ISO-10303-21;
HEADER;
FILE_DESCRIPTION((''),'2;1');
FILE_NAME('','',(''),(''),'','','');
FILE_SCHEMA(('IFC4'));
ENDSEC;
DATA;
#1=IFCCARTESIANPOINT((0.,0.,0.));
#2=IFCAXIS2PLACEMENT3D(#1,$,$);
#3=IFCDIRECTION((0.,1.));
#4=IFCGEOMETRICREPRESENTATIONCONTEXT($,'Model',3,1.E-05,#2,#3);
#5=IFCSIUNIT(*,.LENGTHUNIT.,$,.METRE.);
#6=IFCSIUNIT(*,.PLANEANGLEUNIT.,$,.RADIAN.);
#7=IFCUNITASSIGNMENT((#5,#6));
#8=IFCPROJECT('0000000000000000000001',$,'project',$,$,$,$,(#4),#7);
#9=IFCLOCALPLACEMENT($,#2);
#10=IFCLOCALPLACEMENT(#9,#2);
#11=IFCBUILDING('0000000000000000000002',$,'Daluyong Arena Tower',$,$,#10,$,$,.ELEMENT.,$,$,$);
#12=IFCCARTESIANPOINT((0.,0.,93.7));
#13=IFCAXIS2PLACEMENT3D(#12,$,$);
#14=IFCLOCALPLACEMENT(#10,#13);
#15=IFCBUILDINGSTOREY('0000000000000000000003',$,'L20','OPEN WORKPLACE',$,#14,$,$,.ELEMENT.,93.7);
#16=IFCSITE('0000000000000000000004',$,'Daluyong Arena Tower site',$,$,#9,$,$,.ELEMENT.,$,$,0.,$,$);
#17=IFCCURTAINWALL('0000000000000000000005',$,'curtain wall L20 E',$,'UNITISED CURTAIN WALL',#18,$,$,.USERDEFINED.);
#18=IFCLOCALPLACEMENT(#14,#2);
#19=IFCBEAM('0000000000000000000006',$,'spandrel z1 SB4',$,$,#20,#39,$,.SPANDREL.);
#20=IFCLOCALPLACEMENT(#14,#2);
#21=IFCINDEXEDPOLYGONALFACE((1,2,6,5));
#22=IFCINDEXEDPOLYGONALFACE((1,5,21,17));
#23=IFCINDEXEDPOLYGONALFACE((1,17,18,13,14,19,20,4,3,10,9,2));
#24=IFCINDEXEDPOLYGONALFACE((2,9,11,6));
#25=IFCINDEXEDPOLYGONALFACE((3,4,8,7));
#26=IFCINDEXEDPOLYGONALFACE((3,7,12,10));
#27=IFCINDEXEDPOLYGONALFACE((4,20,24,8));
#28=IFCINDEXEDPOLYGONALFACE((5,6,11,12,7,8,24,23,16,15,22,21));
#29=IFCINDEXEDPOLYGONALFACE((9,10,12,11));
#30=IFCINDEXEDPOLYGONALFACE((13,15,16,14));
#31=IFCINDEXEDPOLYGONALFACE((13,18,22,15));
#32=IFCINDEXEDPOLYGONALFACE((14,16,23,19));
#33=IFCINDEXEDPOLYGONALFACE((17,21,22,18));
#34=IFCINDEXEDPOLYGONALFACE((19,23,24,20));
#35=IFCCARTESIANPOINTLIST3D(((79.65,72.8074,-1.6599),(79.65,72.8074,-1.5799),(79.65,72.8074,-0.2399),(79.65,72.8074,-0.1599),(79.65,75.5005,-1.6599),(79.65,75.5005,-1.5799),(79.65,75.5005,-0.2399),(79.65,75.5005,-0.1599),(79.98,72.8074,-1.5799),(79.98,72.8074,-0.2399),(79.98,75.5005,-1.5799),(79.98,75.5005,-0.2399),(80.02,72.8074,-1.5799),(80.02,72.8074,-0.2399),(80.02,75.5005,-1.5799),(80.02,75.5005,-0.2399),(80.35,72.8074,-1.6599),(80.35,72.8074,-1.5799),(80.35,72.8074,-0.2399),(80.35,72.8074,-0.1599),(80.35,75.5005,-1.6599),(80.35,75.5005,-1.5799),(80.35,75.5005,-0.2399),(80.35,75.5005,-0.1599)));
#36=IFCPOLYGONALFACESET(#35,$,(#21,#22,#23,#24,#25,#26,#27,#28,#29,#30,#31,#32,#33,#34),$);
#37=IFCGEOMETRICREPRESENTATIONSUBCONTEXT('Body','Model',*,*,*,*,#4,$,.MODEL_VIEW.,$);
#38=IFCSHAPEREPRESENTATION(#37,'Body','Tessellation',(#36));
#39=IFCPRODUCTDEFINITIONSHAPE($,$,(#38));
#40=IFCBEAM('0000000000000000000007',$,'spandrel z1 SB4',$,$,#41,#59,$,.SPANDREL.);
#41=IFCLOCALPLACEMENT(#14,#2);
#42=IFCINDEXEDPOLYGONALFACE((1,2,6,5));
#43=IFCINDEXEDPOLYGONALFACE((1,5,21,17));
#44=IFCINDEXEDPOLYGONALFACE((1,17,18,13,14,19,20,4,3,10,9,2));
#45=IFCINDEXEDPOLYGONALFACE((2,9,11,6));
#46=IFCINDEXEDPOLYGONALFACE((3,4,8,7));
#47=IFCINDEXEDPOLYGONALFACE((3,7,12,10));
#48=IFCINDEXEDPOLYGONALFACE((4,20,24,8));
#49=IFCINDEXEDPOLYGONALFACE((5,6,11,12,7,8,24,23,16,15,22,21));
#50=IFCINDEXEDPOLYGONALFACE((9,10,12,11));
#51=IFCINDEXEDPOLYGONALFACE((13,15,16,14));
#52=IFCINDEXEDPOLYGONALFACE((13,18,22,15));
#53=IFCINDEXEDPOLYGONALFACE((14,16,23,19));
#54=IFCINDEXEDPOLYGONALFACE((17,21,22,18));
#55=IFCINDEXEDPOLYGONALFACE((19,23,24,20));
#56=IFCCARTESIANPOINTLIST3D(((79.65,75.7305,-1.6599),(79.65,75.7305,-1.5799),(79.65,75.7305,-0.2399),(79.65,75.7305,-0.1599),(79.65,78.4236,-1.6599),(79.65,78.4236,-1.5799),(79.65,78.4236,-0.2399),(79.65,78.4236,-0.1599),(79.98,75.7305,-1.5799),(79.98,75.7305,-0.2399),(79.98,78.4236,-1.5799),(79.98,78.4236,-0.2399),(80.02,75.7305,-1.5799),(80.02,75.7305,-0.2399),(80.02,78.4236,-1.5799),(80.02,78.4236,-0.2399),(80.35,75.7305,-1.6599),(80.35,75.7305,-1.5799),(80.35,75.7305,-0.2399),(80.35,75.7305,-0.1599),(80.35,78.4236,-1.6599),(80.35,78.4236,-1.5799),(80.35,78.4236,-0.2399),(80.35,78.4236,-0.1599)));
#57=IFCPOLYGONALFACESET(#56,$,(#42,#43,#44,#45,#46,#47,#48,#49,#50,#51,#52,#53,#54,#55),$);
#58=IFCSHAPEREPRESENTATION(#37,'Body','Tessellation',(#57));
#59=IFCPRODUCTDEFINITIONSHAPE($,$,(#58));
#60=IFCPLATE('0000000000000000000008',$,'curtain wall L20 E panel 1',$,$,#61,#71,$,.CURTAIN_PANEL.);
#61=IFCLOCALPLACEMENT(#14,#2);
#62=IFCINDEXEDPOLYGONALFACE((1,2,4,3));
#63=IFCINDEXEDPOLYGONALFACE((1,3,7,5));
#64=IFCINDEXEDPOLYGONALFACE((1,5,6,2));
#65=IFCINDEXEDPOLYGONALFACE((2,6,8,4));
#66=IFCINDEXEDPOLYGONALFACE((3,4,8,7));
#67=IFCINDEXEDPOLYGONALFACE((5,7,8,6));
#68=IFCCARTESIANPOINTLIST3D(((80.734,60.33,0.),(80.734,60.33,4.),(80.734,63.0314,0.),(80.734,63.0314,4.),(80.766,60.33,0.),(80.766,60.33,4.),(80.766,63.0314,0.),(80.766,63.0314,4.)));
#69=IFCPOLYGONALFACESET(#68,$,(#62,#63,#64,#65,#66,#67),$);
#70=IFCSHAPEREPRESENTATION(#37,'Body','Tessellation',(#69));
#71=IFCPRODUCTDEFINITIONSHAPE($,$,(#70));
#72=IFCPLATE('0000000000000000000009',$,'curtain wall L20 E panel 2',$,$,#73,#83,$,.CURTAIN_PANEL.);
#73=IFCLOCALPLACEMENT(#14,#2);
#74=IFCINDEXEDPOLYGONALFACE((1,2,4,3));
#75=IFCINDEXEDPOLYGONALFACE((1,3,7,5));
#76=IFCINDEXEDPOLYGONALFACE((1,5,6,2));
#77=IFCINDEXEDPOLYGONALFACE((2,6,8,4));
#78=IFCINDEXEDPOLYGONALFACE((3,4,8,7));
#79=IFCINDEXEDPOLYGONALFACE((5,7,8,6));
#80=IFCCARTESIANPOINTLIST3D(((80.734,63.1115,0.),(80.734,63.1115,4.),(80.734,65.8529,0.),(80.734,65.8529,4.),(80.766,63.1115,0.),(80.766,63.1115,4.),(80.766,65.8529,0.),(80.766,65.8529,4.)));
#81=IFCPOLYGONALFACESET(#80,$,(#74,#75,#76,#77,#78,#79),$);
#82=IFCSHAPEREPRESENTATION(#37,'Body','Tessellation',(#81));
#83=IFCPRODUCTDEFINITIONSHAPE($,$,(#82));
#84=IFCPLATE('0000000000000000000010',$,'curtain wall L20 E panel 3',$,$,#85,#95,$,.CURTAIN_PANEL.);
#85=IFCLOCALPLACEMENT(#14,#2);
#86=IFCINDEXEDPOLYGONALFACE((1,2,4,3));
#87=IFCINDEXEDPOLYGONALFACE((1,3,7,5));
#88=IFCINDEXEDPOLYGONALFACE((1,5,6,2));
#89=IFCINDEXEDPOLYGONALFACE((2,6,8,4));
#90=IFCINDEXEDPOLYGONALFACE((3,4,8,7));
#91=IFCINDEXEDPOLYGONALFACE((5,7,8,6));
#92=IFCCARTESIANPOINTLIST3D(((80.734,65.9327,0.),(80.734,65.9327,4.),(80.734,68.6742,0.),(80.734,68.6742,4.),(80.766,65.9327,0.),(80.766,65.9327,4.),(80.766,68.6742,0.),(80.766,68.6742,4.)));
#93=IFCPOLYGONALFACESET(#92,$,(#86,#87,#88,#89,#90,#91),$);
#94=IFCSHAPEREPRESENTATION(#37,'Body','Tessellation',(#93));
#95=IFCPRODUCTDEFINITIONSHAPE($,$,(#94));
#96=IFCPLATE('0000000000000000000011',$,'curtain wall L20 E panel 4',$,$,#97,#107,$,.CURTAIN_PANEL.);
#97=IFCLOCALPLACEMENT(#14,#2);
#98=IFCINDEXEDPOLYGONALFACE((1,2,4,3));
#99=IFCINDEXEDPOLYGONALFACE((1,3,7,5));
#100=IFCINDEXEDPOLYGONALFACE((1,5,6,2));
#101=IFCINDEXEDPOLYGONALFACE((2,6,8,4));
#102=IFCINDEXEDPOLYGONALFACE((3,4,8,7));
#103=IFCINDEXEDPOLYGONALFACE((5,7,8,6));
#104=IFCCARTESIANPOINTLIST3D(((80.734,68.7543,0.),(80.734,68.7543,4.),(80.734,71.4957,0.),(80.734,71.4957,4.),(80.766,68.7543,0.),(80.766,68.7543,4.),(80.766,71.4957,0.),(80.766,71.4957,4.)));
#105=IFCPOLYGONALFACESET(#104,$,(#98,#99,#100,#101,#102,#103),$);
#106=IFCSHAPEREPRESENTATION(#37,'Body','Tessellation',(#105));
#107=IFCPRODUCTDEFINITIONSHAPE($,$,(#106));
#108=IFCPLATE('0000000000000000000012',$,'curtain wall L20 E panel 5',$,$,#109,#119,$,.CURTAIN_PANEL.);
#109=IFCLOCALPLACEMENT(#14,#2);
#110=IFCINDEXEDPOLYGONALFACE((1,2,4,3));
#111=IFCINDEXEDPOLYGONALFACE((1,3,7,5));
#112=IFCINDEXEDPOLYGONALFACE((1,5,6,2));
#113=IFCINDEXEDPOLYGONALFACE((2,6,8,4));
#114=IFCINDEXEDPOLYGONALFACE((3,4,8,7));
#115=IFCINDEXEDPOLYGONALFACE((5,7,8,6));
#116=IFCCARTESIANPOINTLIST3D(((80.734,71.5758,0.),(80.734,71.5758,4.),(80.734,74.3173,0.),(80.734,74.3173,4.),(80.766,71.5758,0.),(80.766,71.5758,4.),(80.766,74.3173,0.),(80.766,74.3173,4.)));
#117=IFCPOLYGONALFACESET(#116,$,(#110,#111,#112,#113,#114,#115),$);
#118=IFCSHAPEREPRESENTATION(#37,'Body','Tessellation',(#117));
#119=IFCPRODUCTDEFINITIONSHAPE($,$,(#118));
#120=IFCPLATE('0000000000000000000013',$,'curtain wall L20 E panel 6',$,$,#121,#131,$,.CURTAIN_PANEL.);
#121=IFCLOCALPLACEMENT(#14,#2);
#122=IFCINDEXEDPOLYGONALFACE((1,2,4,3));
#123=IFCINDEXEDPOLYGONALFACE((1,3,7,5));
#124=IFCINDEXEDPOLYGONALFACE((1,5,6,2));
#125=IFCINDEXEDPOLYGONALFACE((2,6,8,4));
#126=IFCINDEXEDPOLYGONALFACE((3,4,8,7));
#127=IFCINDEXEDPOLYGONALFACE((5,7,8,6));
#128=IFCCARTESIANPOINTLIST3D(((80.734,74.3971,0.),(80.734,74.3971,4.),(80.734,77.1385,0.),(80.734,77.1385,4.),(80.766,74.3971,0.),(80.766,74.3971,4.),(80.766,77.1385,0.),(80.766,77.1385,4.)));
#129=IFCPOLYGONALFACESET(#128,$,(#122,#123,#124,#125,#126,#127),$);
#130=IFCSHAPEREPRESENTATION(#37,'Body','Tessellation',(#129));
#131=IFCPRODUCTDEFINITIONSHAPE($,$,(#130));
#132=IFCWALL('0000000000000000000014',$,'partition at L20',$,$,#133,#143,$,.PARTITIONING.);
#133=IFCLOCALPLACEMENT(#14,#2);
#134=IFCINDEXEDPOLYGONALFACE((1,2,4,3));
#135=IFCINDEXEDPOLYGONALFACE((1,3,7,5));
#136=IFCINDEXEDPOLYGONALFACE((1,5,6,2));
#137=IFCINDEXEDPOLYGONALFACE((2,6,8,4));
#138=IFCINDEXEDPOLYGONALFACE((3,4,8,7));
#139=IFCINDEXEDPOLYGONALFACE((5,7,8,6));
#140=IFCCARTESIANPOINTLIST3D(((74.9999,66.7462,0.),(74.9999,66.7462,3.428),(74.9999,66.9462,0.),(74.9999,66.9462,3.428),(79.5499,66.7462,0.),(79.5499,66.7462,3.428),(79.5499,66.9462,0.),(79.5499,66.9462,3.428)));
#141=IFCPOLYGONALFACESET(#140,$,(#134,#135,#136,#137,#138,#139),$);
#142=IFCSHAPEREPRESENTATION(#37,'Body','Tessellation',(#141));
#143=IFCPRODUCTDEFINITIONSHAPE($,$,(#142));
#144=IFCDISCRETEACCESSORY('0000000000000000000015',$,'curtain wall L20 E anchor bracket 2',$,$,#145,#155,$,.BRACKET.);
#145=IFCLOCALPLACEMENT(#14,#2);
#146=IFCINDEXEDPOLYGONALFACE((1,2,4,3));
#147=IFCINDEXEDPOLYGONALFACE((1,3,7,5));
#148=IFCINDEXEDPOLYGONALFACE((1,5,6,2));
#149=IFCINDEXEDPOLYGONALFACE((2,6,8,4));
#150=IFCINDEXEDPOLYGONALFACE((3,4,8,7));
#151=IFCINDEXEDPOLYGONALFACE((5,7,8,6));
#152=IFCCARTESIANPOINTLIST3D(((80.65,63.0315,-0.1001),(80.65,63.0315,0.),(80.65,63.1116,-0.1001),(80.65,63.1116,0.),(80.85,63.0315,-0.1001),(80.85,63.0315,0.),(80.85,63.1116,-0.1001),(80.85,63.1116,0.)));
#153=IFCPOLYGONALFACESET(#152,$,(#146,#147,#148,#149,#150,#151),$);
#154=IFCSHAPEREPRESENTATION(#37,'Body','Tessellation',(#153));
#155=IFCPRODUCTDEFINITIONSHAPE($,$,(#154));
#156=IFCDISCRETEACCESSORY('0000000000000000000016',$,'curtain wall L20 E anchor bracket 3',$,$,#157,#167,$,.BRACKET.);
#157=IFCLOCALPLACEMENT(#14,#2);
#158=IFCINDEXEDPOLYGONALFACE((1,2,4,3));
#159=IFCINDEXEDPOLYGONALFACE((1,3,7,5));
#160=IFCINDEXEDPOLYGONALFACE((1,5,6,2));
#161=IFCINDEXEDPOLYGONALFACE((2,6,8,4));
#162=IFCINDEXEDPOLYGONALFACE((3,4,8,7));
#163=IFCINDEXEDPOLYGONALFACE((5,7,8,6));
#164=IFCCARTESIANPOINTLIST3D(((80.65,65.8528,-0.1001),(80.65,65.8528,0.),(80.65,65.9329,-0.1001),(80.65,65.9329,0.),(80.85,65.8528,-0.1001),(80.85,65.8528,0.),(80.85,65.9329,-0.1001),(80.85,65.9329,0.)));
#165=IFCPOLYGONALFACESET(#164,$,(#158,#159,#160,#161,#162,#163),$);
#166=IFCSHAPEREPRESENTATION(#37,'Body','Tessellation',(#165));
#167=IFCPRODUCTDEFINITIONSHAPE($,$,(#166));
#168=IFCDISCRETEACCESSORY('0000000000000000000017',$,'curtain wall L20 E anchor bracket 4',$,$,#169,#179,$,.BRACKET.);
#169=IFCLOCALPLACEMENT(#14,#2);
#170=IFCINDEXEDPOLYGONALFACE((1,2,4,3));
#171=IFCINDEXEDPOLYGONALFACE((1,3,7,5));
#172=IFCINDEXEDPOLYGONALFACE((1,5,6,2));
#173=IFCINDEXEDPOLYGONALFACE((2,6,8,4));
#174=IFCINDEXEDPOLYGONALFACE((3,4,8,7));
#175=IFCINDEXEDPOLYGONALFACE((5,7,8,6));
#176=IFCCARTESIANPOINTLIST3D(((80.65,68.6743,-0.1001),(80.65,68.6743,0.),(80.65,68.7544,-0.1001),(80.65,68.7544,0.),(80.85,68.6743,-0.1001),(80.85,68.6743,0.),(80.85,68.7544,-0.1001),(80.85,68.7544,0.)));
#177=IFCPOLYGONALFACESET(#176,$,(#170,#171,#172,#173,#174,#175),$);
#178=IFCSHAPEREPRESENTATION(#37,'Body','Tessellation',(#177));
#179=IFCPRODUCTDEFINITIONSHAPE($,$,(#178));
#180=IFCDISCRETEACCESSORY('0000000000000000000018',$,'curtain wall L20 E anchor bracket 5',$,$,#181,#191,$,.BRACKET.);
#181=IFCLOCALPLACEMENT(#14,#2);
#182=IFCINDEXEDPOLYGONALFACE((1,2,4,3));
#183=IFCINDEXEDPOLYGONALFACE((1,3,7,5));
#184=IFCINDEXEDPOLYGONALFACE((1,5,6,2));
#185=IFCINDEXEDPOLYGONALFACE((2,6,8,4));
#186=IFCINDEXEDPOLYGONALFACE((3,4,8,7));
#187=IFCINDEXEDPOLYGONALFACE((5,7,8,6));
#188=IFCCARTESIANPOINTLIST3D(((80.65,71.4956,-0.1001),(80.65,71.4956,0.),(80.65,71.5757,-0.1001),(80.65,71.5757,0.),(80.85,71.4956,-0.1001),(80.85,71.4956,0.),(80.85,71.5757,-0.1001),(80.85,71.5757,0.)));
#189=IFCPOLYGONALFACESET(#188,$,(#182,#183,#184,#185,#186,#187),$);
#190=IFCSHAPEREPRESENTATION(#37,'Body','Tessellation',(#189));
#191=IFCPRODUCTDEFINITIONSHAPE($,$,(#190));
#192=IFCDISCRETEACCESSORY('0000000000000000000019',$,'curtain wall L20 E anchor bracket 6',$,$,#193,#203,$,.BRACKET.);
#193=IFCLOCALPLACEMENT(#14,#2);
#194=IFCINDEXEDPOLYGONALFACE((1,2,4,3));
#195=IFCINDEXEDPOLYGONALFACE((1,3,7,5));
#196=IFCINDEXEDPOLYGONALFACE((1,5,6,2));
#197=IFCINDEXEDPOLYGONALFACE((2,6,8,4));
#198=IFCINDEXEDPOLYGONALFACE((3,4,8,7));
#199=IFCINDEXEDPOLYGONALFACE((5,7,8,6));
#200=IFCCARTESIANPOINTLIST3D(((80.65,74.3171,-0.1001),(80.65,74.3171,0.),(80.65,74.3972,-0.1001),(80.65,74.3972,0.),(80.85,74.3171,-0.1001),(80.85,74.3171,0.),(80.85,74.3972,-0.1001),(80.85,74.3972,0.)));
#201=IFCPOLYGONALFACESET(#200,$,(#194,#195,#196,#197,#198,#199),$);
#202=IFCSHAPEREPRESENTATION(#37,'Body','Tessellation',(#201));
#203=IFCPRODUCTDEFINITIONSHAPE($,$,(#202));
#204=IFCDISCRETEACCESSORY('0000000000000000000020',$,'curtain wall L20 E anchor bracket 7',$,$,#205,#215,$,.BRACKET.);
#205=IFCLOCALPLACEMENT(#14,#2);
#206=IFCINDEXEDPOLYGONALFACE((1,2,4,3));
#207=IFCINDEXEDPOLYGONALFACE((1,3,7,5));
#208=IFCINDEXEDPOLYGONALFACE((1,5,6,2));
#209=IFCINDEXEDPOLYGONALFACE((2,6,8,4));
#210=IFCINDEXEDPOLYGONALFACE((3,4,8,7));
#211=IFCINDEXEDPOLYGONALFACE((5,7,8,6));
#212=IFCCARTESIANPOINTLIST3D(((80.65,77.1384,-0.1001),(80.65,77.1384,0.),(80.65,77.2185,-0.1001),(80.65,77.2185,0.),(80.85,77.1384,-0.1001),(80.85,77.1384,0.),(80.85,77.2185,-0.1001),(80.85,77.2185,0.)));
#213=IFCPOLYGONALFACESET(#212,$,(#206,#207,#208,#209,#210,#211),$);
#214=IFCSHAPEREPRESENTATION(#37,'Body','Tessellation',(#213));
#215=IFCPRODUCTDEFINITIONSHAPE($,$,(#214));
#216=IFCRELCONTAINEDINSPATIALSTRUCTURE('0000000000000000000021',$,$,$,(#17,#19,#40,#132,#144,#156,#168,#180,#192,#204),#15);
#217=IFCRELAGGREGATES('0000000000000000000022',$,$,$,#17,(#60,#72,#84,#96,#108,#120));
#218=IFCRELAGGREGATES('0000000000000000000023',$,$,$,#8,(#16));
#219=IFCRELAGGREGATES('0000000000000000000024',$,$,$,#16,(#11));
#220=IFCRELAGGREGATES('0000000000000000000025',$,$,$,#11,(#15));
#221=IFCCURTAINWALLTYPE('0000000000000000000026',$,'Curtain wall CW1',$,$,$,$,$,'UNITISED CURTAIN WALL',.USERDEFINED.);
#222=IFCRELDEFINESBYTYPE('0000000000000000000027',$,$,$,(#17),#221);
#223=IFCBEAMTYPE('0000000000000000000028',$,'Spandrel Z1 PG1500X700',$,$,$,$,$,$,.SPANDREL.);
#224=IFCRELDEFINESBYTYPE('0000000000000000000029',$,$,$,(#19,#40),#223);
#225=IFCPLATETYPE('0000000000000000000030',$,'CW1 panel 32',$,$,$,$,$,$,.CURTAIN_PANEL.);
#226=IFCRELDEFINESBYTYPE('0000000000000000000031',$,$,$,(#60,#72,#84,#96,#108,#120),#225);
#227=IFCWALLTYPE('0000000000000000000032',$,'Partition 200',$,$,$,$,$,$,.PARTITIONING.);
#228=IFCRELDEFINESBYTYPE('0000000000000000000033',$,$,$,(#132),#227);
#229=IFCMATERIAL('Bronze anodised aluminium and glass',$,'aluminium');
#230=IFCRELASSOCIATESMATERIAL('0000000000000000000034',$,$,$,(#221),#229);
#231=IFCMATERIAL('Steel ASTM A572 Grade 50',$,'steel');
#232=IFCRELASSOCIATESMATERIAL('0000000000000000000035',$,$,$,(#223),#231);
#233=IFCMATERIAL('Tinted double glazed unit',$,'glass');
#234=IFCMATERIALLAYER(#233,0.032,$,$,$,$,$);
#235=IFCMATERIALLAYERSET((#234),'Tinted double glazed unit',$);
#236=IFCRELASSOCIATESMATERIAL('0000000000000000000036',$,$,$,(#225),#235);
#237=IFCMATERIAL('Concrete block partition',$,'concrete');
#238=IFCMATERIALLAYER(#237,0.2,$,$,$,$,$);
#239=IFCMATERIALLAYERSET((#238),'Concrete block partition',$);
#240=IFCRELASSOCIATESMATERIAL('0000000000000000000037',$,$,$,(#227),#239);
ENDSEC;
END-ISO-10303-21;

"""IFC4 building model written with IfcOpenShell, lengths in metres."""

from ifc_helpers import new_model, si_unit, direction, frame, frame_2d, origin, origin_2d, place, context, subcontext, project, spatial, rectangle, i_section, extrude, material, layer, layer_set, material_profile, profile_set, type_object, element, aggregate, save


model = new_model("IFC4")

# Units and contexts
model_context = context("Model", 3, precision=1e-05, world=origin(), true_north=direction((0.0, 1.0)))
body_context = subcontext(model_context, "Body", "Model", "MODEL_VIEW")
ifc_project = project(units=[si_unit("LENGTHUNIT", "METRE"), si_unit("PLANEANGLEUNIT", "RADIAN")], contexts=[model_context])

# Site, building, storey
site_placement = place(None, origin())
site = spatial("IfcSite", under=ifc_project, at=site_placement, Name="Daluyong Arena Tower site", CompositionType="ELEMENT", RefElevation=0.0)
building_placement = place(site_placement, origin())
building = spatial("IfcBuilding", under=site, at=building_placement, Name="Daluyong Arena Tower", CompositionType="ELEMENT")
storey_placement = place(building_placement, frame((0.0, 0.0, 93.7)))
storey = spatial("IfcBuildingStorey", under=building, at=storey_placement, Name="L20", Description="OPEN WORKPLACE", CompositionType="ELEMENT", Elevation=93.7)

# Curtain wall
ifc_material_1 = material(Name="Bronze anodised aluminium and glass", Category="aluminium")
curtain_wall_type = type_object("IfcCurtainWallType", Name="Curtain wall CW1", ElementType="UNITISED CURTAIN WALL", PredefinedType="USERDEFINED", material=ifc_material_1)
curtain_wall_placement = place(storey_placement, origin())
curtain_wall = element("IfcCurtainWall", 1, at=curtain_wall_placement, inside=storey, type_object=curtain_wall_type, Name="curtain wall L20 E", ObjectType="UNITISED CURTAIN WALL", PredefinedType="USERDEFINED")

# Beams
ifc_material_2 = material(Name="Steel ASTM A572 Grade 50", Category="steel")
ifc_material_profile_1 = material_profile(ifc_material_2, i_section(OverallWidth=0.7, OverallDepth=1.5, WebThickness=0.04, FlangeThickness=0.08, at=origin_2d()))
ifc_profile_set_1 = profile_set([ifc_material_profile_1], Name="Steel ASTM A572 Grade 50")
beam_type_1 = type_object("IfcBeamType", Name="Spandrel Z1 PG1500X700", PredefinedType="SPANDREL", material=ifc_profile_set_1)
for number, where, z_axis, x_axis, name in (
    (2, (80.0, 72.8074, -0.9099), (0.0, 1.0, 0.0), (-1.0, 0.0, 0.0), "spandrel z1 SB4"),
    (3, (80.0, 75.7305, -0.9099), (0.0, 1.0, 0.0), (-1.0, 0.0, 0.0), "spandrel z1 SB4"),
):
    element("IfcBeam", number, at=place(storey_placement, frame(where, z_axis=z_axis, x_axis=x_axis)), inside=storey, type_object=beam_type_1, Name=name, PredefinedType="SPANDREL", context=body_context, shape_type="SweptSolid", body=[
        extrude(i_section(OverallWidth=0.7, OverallDepth=1.5, WebThickness=0.04, FlangeThickness=0.08, at=origin_2d()), origin(), (0.0, 0.0, 1.0), 2.6931),
    ])

# Plates
ifc_material_3 = material(Name="Tinted double glazed unit", Category="glass")
ifc_layer_1 = layer(ifc_material_3, 0.032)
ifc_layer_set_1 = layer_set([ifc_layer_1], Name="Tinted double glazed unit")
plate_type = type_object("IfcPlateType", Name="CW1 panel 32", PredefinedType="CURTAIN_PANEL", material=ifc_layer_set_1)
plate_1_placement = place(storey_placement, frame((80.75, 61.6807, 0.0), z_axis=(0.0, 0.0, 1.0), x_axis=(0.0, 1.0, 0.0)))
plate_1 = element("IfcPlate", 4, at=plate_1_placement, type_object=plate_type, Name="curtain wall L20 E panel 1", PredefinedType="CURTAIN_PANEL", context=body_context, shape_type="SweptSolid", body=[
    extrude(rectangle(XDim=2.7014, YDim=0.032, at=origin_2d()), origin(), (0.0, 0.0, 1.0), 4.0),
])
plate_2_placement = place(storey_placement, frame((80.75, 64.4822, 0.0), z_axis=(0.0, 0.0, 1.0), x_axis=(0.0, 1.0, 0.0)))
plate_2 = element("IfcPlate", 5, at=plate_2_placement, type_object=plate_type, Name="curtain wall L20 E panel 2", PredefinedType="CURTAIN_PANEL", context=body_context, shape_type="SweptSolid", body=[
    extrude(rectangle(XDim=2.7415, YDim=0.032, at=origin_2d()), origin(), (0.0, 0.0, 1.0), 4.0),
])
plate_3_placement = place(storey_placement, frame((80.75, 67.3035, 0.0), z_axis=(0.0, 0.0, 1.0), x_axis=(0.0, 1.0, 0.0)))
plate_3 = element("IfcPlate", 6, at=plate_3_placement, type_object=plate_type, Name="curtain wall L20 E panel 3", PredefinedType="CURTAIN_PANEL", context=body_context, shape_type="SweptSolid", body=[
    extrude(rectangle(XDim=2.7415, YDim=0.032, at=origin_2d()), origin(), (0.0, 0.0, 1.0), 4.0),
])
plate_4_placement = place(storey_placement, frame((80.75, 70.125, 0.0), z_axis=(0.0, 0.0, 1.0), x_axis=(0.0, 1.0, 0.0)))
plate_4 = element("IfcPlate", 7, at=plate_4_placement, type_object=plate_type, Name="curtain wall L20 E panel 4", PredefinedType="CURTAIN_PANEL", context=body_context, shape_type="SweptSolid", body=[
    extrude(rectangle(XDim=2.7415, YDim=0.032, at=origin_2d()), origin(), (0.0, 0.0, 1.0), 4.0),
])
plate_5_placement = place(storey_placement, frame((80.75, 72.9465, 0.0), z_axis=(0.0, 0.0, 1.0), x_axis=(0.0, 1.0, 0.0)))
plate_5 = element("IfcPlate", 8, at=plate_5_placement, type_object=plate_type, Name="curtain wall L20 E panel 5", PredefinedType="CURTAIN_PANEL", context=body_context, shape_type="SweptSolid", body=[
    extrude(rectangle(XDim=2.7415, YDim=0.032, at=origin_2d()), origin(), (0.0, 0.0, 1.0), 4.0),
])
plate_6_placement = place(storey_placement, frame((80.75, 75.7678, 0.0), z_axis=(0.0, 0.0, 1.0), x_axis=(0.0, 1.0, 0.0)))
plate_6 = element("IfcPlate", 9, at=plate_6_placement, type_object=plate_type, Name="curtain wall L20 E panel 6", PredefinedType="CURTAIN_PANEL", context=body_context, shape_type="SweptSolid", body=[
    extrude(rectangle(XDim=2.7415, YDim=0.032, at=origin_2d()), origin(), (0.0, 0.0, 1.0), 4.0),
])
aggregate(curtain_wall, [plate_1, plate_2, plate_3, plate_4, plate_5, plate_6])

# Wall
ifc_material_4 = material(Name="Concrete block partition", Category="concrete")
ifc_layer_2 = layer(ifc_material_4, 0.2)
ifc_layer_set_2 = layer_set([ifc_layer_2], Name="Concrete block partition")
wall_type = type_object("IfcWallType", Name="Partition 200", PredefinedType="PARTITIONING", material=ifc_layer_set_2)
wall_placement = place(storey_placement, frame((75.0, 66.8462, 0.0), z_axis=(0.0, 0.0, 1.0), x_axis=(1.0, 0.0, 0.0)))
element("IfcWall", 10, at=wall_placement, inside=storey, type_object=wall_type, Name="partition at L20", PredefinedType="PARTITIONING", context=body_context, shape_type="SweptSolid", body=[
    extrude(rectangle(XDim=4.55, YDim=0.2, at=frame_2d((2.2749, 0.0))), origin(), (0.0, 0.0, 1.0), 3.428),
])

# Discrete accessories
for number, where, z_axis, x_axis, name in (
    (11, (80.75, 63.0715, -0.1001), (0.0, 0.0, 1.0), (0.0, 1.0, 0.0), "curtain wall L20 E anchor bracket 2"),
    (12, (80.75, 65.8928, -0.1001), (0.0, 0.0, 1.0), (0.0, 1.0, 0.0), "curtain wall L20 E anchor bracket 3"),
    (13, (80.75, 68.7144, -0.1001), (0.0, 0.0, 1.0), (0.0, 1.0, 0.0), "curtain wall L20 E anchor bracket 4"),
    (14, (80.75, 71.5356, -0.1001), (0.0, 0.0, 1.0), (0.0, 1.0, 0.0), "curtain wall L20 E anchor bracket 5"),
    (15, (80.75, 74.3572, -0.1001), (0.0, 0.0, 1.0), (0.0, 1.0, 0.0), "curtain wall L20 E anchor bracket 6"),
    (16, (80.75, 77.1785, -0.1001), (0.0, 0.0, 1.0), (0.0, 1.0, 0.0), "curtain wall L20 E anchor bracket 7"),
):
    element("IfcDiscreteAccessory", number, at=place(storey_placement, frame(where, z_axis=z_axis, x_axis=x_axis)), inside=storey, Name=name, PredefinedType="BRACKET", context=body_context, shape_type="SweptSolid", body=[
        extrude(rectangle(XDim=0.0801, YDim=0.2, at=origin_2d()), origin(), (0.0, 0.0, 1.0), 0.1001),
    ])

save(model, "model.ifc")
